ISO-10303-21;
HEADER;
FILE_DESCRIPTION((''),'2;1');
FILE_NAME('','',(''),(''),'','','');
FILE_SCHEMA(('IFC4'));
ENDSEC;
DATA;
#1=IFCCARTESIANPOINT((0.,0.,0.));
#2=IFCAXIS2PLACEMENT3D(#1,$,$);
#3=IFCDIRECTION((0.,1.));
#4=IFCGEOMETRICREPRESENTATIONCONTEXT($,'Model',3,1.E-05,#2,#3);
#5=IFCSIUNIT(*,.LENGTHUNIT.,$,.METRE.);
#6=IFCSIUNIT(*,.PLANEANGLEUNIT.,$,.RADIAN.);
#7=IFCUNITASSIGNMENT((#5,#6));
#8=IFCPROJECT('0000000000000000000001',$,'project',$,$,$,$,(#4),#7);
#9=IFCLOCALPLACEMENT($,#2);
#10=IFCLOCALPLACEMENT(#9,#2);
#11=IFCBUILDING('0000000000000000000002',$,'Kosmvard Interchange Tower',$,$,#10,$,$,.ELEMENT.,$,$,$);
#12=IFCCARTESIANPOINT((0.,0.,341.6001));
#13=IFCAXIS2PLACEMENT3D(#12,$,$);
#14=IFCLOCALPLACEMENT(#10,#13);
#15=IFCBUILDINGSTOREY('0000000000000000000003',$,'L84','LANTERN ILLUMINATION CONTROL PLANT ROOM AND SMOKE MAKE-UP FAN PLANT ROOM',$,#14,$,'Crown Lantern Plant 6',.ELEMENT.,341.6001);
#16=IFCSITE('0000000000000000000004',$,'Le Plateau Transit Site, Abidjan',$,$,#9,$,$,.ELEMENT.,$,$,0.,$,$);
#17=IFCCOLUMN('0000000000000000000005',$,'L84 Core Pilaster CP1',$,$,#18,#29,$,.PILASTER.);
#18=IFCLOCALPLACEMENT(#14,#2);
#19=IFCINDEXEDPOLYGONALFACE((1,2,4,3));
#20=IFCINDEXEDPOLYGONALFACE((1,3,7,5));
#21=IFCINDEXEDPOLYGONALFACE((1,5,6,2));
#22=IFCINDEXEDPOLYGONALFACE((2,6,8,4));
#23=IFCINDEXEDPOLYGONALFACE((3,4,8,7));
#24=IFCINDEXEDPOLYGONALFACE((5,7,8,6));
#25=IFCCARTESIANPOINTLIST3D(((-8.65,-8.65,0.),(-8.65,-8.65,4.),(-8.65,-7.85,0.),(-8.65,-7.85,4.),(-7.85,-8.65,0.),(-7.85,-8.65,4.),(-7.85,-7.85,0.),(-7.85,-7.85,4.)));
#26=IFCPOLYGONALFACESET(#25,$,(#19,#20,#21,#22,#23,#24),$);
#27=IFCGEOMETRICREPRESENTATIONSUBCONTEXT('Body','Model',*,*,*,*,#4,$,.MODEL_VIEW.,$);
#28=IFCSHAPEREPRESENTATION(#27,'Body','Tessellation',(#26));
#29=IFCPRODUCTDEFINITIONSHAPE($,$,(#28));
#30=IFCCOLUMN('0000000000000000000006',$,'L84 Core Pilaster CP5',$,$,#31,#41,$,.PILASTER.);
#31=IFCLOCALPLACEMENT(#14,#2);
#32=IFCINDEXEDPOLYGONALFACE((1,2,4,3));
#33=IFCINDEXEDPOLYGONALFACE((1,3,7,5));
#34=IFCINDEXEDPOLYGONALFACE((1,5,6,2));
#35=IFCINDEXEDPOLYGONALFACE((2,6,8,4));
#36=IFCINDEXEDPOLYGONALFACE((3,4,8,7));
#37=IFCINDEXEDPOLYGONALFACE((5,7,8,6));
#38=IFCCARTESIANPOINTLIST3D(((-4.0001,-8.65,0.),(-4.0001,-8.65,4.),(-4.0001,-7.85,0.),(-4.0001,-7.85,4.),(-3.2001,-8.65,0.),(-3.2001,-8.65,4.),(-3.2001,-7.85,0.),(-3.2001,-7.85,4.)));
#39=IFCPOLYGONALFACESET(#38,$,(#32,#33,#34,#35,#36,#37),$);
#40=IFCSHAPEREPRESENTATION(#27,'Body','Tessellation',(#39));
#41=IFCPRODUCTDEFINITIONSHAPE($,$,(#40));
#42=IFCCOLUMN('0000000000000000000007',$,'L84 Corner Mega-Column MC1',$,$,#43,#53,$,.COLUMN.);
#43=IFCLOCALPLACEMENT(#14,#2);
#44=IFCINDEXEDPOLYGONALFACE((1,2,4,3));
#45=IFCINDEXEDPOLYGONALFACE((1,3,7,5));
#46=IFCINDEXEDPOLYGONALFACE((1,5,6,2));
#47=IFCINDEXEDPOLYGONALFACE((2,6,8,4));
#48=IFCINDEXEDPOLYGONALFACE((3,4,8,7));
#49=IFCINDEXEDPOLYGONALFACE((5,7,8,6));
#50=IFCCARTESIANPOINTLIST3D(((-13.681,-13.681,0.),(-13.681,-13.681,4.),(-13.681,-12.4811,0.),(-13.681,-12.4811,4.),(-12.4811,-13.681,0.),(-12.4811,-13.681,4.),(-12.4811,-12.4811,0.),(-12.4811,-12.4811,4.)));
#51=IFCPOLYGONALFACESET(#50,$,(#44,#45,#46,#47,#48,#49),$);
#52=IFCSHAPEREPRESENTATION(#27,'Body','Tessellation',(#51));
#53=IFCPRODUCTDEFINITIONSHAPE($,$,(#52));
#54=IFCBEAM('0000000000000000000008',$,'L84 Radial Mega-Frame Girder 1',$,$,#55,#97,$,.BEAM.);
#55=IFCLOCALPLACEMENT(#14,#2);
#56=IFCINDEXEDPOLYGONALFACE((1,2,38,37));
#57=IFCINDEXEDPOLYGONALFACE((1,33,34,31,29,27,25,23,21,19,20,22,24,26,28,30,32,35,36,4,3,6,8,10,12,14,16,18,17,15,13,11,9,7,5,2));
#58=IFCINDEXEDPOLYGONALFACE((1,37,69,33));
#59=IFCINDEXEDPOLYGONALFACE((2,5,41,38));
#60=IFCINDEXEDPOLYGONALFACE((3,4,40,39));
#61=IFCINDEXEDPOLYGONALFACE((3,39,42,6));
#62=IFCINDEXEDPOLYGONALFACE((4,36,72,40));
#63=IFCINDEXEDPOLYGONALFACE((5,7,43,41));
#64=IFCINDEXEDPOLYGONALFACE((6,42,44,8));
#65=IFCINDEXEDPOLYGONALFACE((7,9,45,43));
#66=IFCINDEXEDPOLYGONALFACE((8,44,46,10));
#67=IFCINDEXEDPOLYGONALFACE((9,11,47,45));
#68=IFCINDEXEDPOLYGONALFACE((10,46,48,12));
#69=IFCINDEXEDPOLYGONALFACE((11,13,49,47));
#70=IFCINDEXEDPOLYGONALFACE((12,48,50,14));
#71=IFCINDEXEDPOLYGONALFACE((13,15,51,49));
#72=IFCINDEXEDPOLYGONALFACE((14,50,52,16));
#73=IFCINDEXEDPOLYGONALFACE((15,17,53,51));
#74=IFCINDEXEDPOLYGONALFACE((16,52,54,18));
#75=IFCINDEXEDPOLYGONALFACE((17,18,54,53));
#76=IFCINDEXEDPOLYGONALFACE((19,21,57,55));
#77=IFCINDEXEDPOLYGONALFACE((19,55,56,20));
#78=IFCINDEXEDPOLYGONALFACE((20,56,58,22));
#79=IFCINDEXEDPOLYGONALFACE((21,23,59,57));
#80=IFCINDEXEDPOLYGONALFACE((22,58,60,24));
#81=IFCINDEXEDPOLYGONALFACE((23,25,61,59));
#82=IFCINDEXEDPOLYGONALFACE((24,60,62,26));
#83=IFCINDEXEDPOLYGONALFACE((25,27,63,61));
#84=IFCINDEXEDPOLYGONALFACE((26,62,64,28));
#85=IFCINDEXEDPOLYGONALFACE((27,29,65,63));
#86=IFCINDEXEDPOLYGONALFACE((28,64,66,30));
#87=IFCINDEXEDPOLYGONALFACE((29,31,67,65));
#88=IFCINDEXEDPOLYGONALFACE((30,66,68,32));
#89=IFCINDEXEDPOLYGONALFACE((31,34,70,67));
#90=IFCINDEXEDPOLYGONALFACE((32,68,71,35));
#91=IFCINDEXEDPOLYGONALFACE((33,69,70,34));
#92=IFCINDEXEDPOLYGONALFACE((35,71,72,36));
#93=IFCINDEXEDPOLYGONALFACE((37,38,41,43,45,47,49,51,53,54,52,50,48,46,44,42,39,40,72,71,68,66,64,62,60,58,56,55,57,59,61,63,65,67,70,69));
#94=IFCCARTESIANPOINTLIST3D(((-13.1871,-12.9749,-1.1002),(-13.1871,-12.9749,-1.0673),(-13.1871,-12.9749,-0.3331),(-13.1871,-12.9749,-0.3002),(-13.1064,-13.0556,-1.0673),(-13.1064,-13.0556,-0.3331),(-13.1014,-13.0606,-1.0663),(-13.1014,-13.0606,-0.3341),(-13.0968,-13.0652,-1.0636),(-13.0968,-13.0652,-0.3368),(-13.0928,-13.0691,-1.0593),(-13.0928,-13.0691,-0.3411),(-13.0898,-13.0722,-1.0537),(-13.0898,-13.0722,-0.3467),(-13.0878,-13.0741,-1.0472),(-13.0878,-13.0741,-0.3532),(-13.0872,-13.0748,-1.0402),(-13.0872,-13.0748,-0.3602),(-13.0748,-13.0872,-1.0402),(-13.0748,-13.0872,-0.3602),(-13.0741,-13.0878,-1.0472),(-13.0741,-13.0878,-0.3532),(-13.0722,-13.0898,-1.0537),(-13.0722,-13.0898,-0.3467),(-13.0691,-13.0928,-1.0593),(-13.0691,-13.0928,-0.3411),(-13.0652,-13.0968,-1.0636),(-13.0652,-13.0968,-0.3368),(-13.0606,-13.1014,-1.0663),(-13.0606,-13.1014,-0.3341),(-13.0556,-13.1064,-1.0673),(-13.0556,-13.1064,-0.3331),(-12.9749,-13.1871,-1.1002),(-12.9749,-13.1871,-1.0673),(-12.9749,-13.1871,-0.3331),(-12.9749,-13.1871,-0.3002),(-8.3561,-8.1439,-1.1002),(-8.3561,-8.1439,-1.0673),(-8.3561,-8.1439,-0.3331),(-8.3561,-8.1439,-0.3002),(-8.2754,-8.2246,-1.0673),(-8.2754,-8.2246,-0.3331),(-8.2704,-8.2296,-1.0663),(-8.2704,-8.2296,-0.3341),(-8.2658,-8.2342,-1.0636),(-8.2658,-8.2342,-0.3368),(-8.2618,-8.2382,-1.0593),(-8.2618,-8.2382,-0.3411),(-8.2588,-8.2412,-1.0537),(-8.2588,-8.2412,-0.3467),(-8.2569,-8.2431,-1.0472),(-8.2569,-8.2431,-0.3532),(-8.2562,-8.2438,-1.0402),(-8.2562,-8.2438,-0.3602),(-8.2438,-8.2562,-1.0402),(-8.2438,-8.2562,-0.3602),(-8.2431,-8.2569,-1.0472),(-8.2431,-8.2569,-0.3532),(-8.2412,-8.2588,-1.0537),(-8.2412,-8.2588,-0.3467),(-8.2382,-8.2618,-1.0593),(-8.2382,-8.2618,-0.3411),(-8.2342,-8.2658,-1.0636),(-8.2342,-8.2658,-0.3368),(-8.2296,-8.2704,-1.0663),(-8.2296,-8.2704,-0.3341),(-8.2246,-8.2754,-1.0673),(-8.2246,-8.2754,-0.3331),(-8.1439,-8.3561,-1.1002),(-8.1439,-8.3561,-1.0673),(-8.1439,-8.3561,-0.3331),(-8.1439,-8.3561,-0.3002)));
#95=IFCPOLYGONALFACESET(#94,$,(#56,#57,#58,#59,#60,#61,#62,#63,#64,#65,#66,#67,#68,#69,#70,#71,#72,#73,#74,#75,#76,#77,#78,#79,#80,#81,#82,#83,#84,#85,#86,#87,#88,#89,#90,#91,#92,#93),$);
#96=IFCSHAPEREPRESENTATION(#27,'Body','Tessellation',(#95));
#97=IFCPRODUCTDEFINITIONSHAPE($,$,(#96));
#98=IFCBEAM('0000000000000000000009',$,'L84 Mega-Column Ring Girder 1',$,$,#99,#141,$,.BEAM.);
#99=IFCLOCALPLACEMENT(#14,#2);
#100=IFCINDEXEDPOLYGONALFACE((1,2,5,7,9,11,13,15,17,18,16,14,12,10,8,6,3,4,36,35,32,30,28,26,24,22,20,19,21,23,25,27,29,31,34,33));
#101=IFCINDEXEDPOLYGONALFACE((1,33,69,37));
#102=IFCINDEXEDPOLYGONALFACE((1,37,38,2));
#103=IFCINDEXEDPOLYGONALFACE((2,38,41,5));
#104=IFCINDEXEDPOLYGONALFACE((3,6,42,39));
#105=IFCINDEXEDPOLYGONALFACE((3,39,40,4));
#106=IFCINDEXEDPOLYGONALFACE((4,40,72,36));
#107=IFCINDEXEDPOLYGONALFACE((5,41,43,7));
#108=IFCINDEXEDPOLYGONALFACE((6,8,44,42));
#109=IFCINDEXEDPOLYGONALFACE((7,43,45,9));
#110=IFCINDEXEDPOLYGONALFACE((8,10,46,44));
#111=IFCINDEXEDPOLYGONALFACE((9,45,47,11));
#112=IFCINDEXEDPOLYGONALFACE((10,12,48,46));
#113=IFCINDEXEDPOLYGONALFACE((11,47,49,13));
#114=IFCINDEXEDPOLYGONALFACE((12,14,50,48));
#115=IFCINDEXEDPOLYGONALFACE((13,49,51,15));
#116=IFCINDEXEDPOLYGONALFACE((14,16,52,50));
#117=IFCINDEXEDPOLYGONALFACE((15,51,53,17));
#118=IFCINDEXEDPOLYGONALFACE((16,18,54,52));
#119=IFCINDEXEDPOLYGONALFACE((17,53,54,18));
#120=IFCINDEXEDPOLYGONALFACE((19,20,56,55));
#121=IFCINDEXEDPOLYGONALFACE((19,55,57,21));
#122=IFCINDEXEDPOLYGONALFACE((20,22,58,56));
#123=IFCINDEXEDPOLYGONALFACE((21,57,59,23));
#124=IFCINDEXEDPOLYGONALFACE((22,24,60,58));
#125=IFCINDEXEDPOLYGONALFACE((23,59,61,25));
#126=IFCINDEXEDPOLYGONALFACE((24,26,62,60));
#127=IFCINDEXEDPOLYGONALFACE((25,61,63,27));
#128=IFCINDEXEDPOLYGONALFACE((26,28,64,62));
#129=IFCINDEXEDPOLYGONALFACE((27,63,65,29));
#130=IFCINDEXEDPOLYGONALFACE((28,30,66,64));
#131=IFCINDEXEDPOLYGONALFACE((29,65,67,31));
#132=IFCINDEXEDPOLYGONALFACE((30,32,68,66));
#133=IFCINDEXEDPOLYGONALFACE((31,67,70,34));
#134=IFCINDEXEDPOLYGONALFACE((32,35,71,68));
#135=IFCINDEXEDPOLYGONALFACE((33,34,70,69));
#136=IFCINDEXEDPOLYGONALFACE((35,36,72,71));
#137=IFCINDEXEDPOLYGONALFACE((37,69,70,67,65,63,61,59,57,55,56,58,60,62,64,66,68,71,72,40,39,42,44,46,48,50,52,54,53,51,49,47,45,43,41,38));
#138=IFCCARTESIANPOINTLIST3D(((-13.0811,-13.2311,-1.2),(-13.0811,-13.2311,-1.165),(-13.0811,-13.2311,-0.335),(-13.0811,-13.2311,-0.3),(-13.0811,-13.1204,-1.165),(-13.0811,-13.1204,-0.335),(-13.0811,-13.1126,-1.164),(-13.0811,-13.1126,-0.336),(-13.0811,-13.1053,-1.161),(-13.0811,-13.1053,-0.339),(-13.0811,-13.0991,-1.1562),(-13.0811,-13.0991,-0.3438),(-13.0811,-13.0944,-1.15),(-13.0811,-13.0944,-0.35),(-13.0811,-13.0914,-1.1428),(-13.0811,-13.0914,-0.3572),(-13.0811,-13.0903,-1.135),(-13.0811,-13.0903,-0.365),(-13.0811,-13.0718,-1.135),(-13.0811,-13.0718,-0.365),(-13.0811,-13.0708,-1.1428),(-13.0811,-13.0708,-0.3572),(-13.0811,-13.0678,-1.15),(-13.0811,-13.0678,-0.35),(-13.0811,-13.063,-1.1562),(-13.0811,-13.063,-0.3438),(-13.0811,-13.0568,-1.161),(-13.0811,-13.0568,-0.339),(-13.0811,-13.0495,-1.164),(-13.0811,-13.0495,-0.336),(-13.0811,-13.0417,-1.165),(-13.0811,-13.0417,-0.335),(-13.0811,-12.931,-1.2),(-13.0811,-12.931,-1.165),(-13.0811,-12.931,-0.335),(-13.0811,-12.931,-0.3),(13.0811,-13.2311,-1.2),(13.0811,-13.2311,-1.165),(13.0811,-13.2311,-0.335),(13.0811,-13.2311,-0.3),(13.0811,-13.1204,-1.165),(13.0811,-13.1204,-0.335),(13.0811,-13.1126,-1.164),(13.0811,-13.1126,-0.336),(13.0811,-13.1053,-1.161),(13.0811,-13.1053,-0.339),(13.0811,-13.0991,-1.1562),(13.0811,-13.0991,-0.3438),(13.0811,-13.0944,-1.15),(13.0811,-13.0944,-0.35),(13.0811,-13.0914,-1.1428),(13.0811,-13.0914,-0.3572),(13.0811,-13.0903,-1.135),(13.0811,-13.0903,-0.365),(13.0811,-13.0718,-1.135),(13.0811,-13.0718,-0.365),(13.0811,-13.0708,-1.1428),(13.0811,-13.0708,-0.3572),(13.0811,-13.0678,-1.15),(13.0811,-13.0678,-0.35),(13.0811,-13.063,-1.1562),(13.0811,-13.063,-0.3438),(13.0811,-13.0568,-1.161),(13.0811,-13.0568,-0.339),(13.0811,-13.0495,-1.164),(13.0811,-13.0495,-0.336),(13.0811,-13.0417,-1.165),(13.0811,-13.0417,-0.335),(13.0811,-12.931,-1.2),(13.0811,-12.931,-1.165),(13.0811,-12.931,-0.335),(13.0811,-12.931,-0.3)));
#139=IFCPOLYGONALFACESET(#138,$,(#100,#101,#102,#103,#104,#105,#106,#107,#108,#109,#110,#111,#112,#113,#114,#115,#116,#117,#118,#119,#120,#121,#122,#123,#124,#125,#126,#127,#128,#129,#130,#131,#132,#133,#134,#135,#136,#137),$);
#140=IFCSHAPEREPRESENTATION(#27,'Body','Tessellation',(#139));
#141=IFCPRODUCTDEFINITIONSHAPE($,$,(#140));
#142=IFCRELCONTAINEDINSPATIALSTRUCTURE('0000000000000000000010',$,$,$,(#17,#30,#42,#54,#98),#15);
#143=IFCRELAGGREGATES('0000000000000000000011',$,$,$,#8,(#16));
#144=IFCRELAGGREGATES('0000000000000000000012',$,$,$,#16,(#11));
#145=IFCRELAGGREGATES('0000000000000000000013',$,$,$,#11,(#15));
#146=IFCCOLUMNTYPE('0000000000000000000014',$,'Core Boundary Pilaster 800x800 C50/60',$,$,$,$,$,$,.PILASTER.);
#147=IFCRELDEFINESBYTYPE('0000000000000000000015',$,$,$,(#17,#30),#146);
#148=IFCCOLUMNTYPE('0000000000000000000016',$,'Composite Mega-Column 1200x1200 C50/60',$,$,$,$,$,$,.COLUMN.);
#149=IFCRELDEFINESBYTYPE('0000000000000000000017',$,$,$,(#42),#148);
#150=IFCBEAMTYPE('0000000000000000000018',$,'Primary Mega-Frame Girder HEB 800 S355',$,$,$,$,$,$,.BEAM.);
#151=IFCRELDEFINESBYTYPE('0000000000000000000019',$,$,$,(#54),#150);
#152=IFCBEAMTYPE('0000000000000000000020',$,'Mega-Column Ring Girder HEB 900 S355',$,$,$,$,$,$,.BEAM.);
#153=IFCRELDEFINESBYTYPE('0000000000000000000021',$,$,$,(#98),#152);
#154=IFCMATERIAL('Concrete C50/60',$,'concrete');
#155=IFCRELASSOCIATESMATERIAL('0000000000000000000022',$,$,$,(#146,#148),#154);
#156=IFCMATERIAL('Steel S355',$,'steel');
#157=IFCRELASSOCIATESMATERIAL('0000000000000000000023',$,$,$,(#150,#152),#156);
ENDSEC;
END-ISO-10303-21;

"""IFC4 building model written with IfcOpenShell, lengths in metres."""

from ifc_helpers import new_model, si_unit, direction, frame, origin, origin_2d, place, context, subcontext, project, spatial, rectangle, i_section, extrude, source, transform, mapped, material, material_profile, profile_set, type_object, element, save


model = new_model("IFC4")

# Units and contexts
model_context = context("Model", 3, precision=1e-05, world=origin(), true_north=direction((0.0, 1.0)))
body_context = subcontext(model_context, "Body", "Model", "MODEL_VIEW")
ifc_project = project(units=[si_unit("LENGTHUNIT", "METRE"), si_unit("PLANEANGLEUNIT", "RADIAN")], contexts=[model_context])

# Site, building, storey
site_placement = place(None, origin())
site = spatial("IfcSite", under=ifc_project, at=site_placement, Name="Le Plateau Transit Site, Abidjan", CompositionType="ELEMENT", RefElevation=0.0)
building_placement = place(site_placement, origin())
building = spatial("IfcBuilding", under=site, at=building_placement, Name="Kosmvard Interchange Tower", CompositionType="ELEMENT")
storey_placement = place(building_placement, frame((0.0, 0.0, 341.6001)))
storey = spatial("IfcBuildingStorey", under=building, at=storey_placement, Name="L84", Description="LANTERN ILLUMINATION CONTROL PLANT ROOM AND SMOKE MAKE-UP FAN PLANT ROOM", LongName="Crown Lantern Plant 6", CompositionType="ELEMENT", Elevation=341.6001)

# Columns
ifc_material_1 = material(Name="Concrete C50/60", Category="concrete")
ifc_material_profile_1 = material_profile(ifc_material_1, rectangle(XDim=0.8, YDim=0.8, at=origin_2d()), Name="CP 800x800")
ifc_profile_set_1 = profile_set([ifc_material_profile_1], Name="Concrete C50/60")
column_type_1 = type_object("IfcColumnType", Name="Core Boundary Pilaster 800x800 C50/60", PredefinedType="PILASTER", material=ifc_profile_set_1)
shared_shape_1 = source(origin(), body_context, "Body", "SweptSolid", [
    extrude(rectangle(XDim=0.8, YDim=0.8, at=origin_2d()), origin(), (0.0, 0.0, 1.0), 4.0),
])
for number, where, z_axis, x_axis, name in (
    (1, (-8.25, -8.25, 0.0), (0.0, 0.0, 1.0), (1.0, 0.0, 0.0), "L84 Core Pilaster CP1"),
    (2, (-3.6001, -8.25, 0.0), (0.0, 0.0, 1.0), (1.0, 0.0, 0.0), "L84 Core Pilaster CP5"),
):
    element("IfcColumn", number, at=place(storey_placement, frame(where, z_axis=z_axis, x_axis=x_axis)), inside=storey, type_object=column_type_1, Name=name, PredefinedType="PILASTER", context=body_context, shape_type="MappedRepresentation", body=[
        mapped(shared_shape_1, transform((0.0, 0.0, 0.0), scale=1.0)),
    ])
ifc_material_profile_2 = material_profile(ifc_material_1, rectangle(XDim=1.2, YDim=1.2, at=origin_2d()), Name="MC 1200x1200")
ifc_profile_set_2 = profile_set([ifc_material_profile_2], Name="Concrete C50/60")
column_type_2 = type_object("IfcColumnType", Name="Composite Mega-Column 1200x1200 C50/60", PredefinedType="COLUMN", material=ifc_profile_set_2)
shared_shape_2 = source(origin(), body_context, "Body", "SweptSolid", [
    extrude(rectangle(XDim=1.2, YDim=1.2, at=origin_2d()), origin(), (0.0, 0.0, 1.0), 4.0),
])
column_placement = place(storey_placement, frame((-13.0811, -13.0811, 0.0), z_axis=(0.0, 0.0, 1.0), x_axis=(1.0, 0.0, 0.0)))
element("IfcColumn", 3, at=column_placement, inside=storey, type_object=column_type_2, Name="L84 Corner Mega-Column MC1", PredefinedType="COLUMN", context=body_context, shape_type="MappedRepresentation", body=[
    mapped(shared_shape_2, transform((0.0, 0.0, 0.0), scale=1.0)),
])

# Beams
ifc_material_2 = material(Name="Steel S355", Category="steel")
ifc_material_profile_3 = material_profile(ifc_material_2, i_section(OverallWidth=0.3, OverallDepth=0.8, WebThickness=0.0176, FlangeThickness=0.033, FilletRadius=0.0271, at=origin_2d()), Name="HEB 800")
ifc_profile_set_3 = profile_set([ifc_material_profile_3], Name="Steel S355")
beam_type_1 = type_object("IfcBeamType", Name="Primary Mega-Frame Girder HEB 800 S355", PredefinedType="BEAM", material=ifc_profile_set_3)
shared_shape_3 = source(origin(), body_context, "Body", "SweptSolid", [
    extrude(i_section(OverallWidth=0.3, OverallDepth=0.8, WebThickness=0.0176, FlangeThickness=0.033, FilletRadius=0.0271, at=origin_2d()), origin(), (0.0, 0.0, 1.0), 6.832),
])
beam_1_placement = place(storey_placement, frame((-8.25, -8.25, -0.7002), z_axis=(-0.707107, -0.707107, 0.0), x_axis=(0.707107, -0.707107, 0.0)))
element("IfcBeam", 4, at=beam_1_placement, inside=storey, type_object=beam_type_1, Name="L84 Radial Mega-Frame Girder 1", PredefinedType="BEAM", context=body_context, shape_type="MappedRepresentation", body=[
    mapped(shared_shape_3, transform((0.0, 0.0, 0.0), scale=1.0)),
])
ifc_material_profile_4 = material_profile(ifc_material_2, i_section(OverallWidth=0.3, OverallDepth=0.8999, WebThickness=0.0186, FlangeThickness=0.0349, FilletRadius=0.03, at=origin_2d()), Name="HEB 900")
ifc_profile_set_4 = profile_set([ifc_material_profile_4], Name="Steel S355")
beam_type_2 = type_object("IfcBeamType", Name="Mega-Column Ring Girder HEB 900 S355", PredefinedType="BEAM", material=ifc_profile_set_4)
shared_shape_4 = source(origin(), body_context, "Body", "SweptSolid", [
    extrude(i_section(OverallWidth=0.3, OverallDepth=0.8999, WebThickness=0.0186, FlangeThickness=0.0349, FilletRadius=0.03, at=origin_2d()), origin(), (0.0, 0.0, 1.0), 26.1621),
])
beam_2_placement = place(storey_placement, frame((-13.0811, -13.0811, -0.75), z_axis=(1.0, 0.0, 0.0), x_axis=(0.0, 1.0, 0.0)))
element("IfcBeam", 5, at=beam_2_placement, inside=storey, type_object=beam_type_2, Name="L84 Mega-Column Ring Girder 1", PredefinedType="BEAM", context=body_context, shape_type="MappedRepresentation", body=[
    mapped(shared_shape_4, transform((0.0, 0.0, 0.0), scale=1.0)),
])

save(model, "model.ifc")
